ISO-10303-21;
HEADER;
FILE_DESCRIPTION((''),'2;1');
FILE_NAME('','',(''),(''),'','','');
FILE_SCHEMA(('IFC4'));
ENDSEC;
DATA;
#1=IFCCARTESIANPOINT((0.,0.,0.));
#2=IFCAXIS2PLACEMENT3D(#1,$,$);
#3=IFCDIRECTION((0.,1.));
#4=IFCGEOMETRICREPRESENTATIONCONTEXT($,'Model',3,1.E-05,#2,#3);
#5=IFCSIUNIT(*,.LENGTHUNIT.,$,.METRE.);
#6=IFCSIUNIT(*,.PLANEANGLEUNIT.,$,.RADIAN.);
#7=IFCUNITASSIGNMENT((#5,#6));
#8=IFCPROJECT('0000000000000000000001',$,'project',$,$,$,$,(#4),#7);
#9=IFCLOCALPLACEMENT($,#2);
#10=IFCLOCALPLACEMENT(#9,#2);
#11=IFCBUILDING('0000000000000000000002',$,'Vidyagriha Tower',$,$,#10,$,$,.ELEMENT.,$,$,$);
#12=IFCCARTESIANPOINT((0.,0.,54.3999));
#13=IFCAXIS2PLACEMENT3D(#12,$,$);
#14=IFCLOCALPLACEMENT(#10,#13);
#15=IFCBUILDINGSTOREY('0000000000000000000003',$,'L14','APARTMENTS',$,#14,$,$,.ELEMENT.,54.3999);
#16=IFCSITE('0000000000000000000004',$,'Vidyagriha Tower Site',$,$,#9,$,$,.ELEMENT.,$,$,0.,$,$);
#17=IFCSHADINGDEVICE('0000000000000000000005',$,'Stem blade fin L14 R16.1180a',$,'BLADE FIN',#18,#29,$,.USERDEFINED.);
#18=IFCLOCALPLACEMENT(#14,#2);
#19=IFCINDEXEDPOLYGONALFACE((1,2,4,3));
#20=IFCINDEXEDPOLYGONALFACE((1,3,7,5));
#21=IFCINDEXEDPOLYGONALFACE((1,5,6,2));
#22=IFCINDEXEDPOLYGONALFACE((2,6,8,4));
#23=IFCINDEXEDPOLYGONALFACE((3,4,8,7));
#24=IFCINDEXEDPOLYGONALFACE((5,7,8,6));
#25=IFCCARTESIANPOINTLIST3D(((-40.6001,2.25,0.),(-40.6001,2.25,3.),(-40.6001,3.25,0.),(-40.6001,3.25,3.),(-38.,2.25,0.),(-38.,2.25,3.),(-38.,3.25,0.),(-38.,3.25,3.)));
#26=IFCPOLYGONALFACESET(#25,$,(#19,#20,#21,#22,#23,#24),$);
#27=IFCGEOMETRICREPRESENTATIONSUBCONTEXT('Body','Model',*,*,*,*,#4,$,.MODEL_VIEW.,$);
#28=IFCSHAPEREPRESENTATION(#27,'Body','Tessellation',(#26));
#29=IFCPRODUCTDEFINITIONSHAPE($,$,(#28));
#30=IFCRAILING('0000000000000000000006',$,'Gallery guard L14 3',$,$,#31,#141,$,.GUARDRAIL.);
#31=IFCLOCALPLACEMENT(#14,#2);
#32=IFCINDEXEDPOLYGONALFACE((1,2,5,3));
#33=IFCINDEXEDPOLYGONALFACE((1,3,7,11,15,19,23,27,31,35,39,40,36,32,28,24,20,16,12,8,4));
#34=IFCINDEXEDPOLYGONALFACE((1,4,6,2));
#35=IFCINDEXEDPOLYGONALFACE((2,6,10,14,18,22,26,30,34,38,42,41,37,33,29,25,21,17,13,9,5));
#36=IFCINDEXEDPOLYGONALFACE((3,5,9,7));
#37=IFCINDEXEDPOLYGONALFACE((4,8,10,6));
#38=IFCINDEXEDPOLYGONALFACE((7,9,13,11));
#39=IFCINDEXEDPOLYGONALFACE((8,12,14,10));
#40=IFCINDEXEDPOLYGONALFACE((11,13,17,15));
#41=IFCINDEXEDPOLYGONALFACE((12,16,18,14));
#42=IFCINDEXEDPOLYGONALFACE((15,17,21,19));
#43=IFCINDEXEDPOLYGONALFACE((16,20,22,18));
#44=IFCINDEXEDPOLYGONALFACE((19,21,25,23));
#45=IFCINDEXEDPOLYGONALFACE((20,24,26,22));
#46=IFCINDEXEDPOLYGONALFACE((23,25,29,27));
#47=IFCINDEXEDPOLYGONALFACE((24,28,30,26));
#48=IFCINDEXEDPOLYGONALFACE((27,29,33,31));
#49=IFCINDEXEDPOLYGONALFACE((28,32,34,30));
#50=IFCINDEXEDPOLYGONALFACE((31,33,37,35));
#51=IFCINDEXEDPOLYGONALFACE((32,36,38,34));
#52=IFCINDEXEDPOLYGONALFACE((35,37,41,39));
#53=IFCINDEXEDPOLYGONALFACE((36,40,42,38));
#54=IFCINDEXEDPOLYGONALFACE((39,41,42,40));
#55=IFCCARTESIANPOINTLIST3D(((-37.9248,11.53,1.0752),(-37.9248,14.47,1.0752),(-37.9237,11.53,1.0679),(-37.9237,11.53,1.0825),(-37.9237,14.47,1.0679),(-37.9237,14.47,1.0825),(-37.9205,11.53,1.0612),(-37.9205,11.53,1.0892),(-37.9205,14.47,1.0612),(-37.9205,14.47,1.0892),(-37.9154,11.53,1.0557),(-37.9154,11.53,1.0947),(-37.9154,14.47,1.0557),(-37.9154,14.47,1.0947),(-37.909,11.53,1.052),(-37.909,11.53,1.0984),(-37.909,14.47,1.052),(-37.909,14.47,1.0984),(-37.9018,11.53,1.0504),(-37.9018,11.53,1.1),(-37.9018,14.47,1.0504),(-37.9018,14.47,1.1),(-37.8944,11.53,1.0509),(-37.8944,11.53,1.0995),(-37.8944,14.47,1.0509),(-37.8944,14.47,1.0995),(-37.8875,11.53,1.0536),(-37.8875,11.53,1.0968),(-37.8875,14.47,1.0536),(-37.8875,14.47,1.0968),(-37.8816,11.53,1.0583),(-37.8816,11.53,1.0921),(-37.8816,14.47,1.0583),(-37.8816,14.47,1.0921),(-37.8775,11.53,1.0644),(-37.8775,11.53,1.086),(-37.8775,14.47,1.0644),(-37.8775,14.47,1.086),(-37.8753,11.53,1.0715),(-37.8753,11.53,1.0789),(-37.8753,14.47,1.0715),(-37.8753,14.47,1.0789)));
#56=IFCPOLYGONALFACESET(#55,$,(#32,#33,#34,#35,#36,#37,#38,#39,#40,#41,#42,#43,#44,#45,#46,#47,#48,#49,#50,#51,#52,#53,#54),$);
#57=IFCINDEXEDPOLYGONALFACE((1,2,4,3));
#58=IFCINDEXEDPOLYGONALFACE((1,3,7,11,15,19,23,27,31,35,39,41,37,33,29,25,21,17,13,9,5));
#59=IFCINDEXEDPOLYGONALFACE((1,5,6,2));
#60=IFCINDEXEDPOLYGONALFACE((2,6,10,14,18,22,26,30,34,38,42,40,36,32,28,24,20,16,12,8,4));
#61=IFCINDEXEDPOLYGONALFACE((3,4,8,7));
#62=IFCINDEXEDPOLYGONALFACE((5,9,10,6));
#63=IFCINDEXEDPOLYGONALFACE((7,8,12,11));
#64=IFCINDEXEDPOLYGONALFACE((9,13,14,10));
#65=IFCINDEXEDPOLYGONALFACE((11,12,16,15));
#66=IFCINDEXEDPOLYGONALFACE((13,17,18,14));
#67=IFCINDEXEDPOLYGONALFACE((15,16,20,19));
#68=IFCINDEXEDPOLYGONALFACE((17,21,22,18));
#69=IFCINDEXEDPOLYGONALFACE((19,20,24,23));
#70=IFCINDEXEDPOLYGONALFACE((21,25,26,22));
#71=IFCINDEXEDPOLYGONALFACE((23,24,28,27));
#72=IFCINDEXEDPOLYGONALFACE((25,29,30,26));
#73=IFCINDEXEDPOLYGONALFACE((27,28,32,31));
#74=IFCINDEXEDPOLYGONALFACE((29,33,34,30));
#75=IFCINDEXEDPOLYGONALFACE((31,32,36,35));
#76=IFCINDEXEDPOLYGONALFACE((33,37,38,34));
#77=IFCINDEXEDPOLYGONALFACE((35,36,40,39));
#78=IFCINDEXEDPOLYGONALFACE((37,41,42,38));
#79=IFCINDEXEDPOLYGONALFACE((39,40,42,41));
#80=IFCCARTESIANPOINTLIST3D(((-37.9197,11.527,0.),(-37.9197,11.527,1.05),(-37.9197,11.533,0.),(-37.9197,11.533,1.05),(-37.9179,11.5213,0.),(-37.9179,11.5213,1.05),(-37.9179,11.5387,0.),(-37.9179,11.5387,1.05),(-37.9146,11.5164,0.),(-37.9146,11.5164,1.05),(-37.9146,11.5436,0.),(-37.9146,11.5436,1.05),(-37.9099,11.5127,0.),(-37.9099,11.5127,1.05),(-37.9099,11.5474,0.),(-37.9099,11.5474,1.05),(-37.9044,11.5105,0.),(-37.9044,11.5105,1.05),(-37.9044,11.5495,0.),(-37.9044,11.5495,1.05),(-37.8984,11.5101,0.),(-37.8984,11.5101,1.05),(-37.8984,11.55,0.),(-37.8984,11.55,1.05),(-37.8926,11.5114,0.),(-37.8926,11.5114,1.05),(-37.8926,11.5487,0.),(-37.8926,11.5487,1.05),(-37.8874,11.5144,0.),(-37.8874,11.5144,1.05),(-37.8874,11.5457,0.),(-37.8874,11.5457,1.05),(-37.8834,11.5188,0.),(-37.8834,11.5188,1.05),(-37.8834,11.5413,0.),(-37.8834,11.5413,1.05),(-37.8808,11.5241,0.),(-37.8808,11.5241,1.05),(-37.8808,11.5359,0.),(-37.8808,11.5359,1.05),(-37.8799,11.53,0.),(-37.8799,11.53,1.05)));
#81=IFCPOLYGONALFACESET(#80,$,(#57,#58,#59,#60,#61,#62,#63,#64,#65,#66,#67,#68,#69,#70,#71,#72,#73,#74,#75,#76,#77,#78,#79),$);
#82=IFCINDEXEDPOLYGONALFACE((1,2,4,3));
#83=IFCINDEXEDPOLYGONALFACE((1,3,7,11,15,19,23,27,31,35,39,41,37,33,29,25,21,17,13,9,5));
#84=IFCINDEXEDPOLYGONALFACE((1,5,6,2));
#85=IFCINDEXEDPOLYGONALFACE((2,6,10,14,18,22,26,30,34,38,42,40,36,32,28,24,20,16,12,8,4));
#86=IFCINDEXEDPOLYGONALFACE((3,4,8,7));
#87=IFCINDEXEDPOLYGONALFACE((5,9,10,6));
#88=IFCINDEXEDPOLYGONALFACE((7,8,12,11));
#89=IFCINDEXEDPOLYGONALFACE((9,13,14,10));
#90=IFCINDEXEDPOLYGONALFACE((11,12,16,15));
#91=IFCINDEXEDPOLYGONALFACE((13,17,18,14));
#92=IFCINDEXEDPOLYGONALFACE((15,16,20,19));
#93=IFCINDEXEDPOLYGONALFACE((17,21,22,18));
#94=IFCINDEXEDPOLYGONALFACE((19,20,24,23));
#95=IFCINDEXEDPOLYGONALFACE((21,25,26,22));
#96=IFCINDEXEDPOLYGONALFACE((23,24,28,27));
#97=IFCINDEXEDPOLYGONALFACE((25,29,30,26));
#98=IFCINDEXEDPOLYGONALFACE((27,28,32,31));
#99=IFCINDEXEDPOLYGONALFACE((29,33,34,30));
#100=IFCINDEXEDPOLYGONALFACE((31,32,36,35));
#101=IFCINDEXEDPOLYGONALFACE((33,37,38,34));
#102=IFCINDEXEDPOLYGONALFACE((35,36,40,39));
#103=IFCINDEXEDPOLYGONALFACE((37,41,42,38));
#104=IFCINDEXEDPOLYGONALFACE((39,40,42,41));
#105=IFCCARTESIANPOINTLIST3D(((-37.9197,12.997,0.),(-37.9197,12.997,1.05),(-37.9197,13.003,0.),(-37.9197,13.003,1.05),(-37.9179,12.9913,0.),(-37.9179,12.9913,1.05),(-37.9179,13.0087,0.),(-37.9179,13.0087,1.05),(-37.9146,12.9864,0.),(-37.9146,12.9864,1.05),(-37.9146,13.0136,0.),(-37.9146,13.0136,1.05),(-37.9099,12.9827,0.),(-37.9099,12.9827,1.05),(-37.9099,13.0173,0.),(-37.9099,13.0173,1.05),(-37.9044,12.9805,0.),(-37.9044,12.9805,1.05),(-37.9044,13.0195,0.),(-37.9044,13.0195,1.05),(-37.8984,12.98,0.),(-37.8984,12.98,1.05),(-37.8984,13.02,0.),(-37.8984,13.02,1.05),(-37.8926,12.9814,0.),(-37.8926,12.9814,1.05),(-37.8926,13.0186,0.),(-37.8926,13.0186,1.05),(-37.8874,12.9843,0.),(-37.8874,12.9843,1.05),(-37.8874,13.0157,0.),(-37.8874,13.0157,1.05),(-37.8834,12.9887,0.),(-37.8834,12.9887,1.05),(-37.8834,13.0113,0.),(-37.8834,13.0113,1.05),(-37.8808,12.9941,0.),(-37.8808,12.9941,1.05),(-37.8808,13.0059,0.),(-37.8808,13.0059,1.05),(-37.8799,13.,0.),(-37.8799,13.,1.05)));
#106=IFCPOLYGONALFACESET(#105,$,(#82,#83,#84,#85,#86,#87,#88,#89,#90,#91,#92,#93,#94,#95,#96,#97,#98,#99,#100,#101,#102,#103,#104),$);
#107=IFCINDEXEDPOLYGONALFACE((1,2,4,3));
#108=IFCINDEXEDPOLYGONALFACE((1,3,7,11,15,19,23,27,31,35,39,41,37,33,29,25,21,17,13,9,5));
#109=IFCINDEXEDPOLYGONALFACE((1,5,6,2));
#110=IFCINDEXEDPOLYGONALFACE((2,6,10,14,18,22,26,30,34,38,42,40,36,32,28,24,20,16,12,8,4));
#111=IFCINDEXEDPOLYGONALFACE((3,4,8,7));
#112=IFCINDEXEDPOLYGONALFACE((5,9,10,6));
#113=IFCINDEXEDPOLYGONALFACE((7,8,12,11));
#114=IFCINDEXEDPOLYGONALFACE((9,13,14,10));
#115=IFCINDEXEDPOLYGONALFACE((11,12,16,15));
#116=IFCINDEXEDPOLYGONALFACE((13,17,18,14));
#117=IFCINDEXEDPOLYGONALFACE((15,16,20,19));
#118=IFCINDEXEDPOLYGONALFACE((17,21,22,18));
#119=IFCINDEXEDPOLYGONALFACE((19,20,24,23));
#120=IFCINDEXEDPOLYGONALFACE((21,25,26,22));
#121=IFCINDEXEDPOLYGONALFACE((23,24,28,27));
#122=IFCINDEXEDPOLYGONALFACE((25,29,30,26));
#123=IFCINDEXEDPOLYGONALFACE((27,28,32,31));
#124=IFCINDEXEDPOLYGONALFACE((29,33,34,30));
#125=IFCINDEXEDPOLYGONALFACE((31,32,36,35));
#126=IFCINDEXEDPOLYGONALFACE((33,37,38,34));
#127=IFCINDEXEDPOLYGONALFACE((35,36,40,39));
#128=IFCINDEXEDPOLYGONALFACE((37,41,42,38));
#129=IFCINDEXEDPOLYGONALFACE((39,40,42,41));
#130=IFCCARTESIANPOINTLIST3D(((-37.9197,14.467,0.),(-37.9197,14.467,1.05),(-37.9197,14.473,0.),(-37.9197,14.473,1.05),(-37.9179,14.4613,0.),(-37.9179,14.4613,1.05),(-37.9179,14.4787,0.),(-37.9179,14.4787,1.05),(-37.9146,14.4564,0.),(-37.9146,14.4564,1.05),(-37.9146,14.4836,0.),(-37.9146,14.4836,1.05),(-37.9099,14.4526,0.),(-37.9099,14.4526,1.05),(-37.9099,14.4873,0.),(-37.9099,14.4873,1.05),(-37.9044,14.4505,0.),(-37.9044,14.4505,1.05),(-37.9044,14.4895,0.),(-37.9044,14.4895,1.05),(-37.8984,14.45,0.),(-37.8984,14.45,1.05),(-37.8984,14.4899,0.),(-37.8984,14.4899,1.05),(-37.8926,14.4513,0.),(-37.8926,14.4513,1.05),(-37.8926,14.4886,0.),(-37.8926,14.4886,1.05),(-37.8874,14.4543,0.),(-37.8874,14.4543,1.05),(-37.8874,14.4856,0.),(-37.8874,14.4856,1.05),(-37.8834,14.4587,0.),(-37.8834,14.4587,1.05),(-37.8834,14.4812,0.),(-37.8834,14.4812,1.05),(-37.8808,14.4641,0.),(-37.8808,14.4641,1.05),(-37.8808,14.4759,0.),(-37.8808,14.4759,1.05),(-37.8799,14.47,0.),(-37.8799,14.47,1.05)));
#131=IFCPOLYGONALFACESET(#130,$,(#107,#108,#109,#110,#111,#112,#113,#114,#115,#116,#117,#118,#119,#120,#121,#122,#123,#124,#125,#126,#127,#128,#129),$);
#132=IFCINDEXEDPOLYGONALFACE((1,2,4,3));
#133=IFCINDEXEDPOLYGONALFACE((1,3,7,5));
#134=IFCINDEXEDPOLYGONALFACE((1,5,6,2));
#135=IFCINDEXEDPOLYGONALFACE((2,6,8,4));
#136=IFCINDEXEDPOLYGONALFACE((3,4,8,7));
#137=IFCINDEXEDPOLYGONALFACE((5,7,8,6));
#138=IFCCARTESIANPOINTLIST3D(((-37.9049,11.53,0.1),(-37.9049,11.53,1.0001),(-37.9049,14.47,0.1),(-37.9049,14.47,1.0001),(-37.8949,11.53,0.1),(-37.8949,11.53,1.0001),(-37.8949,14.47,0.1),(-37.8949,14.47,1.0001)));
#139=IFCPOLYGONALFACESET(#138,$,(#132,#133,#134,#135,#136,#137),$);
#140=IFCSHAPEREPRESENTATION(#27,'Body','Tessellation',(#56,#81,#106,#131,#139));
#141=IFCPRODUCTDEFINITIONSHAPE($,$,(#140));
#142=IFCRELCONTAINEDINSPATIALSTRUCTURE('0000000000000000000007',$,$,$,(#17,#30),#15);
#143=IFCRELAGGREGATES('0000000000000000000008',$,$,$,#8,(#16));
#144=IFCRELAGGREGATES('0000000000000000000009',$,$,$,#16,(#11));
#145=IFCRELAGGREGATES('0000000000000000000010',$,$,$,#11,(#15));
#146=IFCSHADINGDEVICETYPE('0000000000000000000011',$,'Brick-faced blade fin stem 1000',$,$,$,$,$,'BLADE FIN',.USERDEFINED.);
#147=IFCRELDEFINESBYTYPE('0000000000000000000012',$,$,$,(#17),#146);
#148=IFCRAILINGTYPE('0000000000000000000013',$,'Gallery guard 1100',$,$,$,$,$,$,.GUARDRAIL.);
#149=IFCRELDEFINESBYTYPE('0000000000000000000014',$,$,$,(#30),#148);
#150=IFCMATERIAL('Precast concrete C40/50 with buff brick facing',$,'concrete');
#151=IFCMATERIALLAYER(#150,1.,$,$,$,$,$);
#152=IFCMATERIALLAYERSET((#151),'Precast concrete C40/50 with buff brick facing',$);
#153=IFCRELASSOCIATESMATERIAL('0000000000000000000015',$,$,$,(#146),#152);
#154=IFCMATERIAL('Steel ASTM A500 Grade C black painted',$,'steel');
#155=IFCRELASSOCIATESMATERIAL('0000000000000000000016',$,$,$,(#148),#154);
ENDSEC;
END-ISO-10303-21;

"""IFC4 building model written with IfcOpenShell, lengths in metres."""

from ifc_helpers import new_model, si_unit, direction, frame, origin, origin_2d, place, context, subcontext, project, spatial, polyline, rectangle, circle, outline, extrude, material, layer, layer_set, type_object, element, save


model = new_model("IFC4")

# Units and contexts
model_context = context("Model", 3, precision=1e-05, world=origin(), true_north=direction((0.0, 1.0)))
body_context = subcontext(model_context, "Body", "Model", "MODEL_VIEW")
ifc_project = project(units=[si_unit("LENGTHUNIT", "METRE"), si_unit("PLANEANGLEUNIT", "RADIAN")], contexts=[model_context])

# Site, building, storey
site_placement = place(None, origin())
site = spatial("IfcSite", under=ifc_project, at=site_placement, Name="Vidyagriha Tower Site", CompositionType="ELEMENT", RefElevation=0.0)
building_placement = place(site_placement, origin())
building = spatial("IfcBuilding", under=site, at=building_placement, Name="Vidyagriha Tower", CompositionType="ELEMENT")
storey_placement = place(building_placement, frame((0.0, 0.0, 54.3999)))
storey = spatial("IfcBuildingStorey", under=building, at=storey_placement, Name="L14", Description="APARTMENTS", CompositionType="ELEMENT", Elevation=54.3999)

# Shading device
ifc_material_1 = material(Name="Precast concrete C40/50 with buff brick facing", Category="concrete")
ifc_layer_1 = layer(ifc_material_1, 1.0)
ifc_layer_set_1 = layer_set([ifc_layer_1], Name="Precast concrete C40/50 with buff brick facing")
shading_device_type_1 = type_object("IfcShadingDeviceType", Name="Brick-faced blade fin stem 1000", ElementType="BLADE FIN", PredefinedType="USERDEFINED", material=ifc_layer_set_1)
shading_device_1_placement = place(storey_placement, frame((-39.3, 3.25, 0.0), z_axis=(0.0, 0.0, 1.0), x_axis=(0.0, -1.0, 0.0)))
element("IfcShadingDevice", 1, at=shading_device_1_placement, inside=storey, type_object=shading_device_type_1, Name="Stem blade fin L14 R16.1180a", ObjectType="BLADE FIN", PredefinedType="USERDEFINED", context=body_context, shape_type="SweptSolid", body=[
    extrude(outline(polyline([(0.0, 0.0), (1.0, 0.0), (1.0, 3.0), (0.0, 3.0), (0.0, 0.0)])), frame((0.0, 1.3, 0.0), z_axis=(0.0, -1.0, 0.0), x_axis=(1.0, 0.0, 0.0)), (0.0, 0.0, 1.0), 2.6001),
])

# Railing
ifc_material_2 = material(Name="Steel ASTM A500 Grade C black painted", Category="steel")
railing_type_1 = type_object("IfcRailingType", Name="Gallery guard 1100", PredefinedType="GUARDRAIL", material=ifc_material_2)
railing_1_placement = place(storey_placement, frame((-37.8999, 11.53, 0.0)))
element("IfcRailing", 2, at=railing_1_placement, inside=storey, type_object=railing_type_1, Name="Gallery guard L14 3", PredefinedType="GUARDRAIL", context=body_context, shape_type="SweptSolid", body=[
    extrude(circle(Radius=0.0249, at=origin_2d()), frame((0.0, 0.0, 1.0752), z_axis=(0.0, 1.0, 0.0), x_axis=(-1.0, 0.0, 0.0)), (0.0, 0.0, 1.0), 2.9399),
    extrude(circle(Radius=0.02, at=origin_2d()), origin(), (0.0, 0.0, 1.0), 1.05),
    extrude(circle(Radius=0.02, at=origin_2d()), frame((0.0, 1.47, 0.0)), (0.0, 0.0, 1.0), 1.05),
    extrude(circle(Radius=0.02, at=origin_2d()), frame((0.0, 2.9399, 0.0)), (0.0, 0.0, 1.0), 1.05),
    extrude(rectangle(XDim=0.01, YDim=0.9001, at=origin_2d()), frame((0.0, 0.0, 0.55), z_axis=(0.0, 1.0, 0.0), x_axis=(-1.0, 0.0, 0.0)), (0.0, 0.0, 1.0), 2.9399),
])

save(model, "model.ifc")
